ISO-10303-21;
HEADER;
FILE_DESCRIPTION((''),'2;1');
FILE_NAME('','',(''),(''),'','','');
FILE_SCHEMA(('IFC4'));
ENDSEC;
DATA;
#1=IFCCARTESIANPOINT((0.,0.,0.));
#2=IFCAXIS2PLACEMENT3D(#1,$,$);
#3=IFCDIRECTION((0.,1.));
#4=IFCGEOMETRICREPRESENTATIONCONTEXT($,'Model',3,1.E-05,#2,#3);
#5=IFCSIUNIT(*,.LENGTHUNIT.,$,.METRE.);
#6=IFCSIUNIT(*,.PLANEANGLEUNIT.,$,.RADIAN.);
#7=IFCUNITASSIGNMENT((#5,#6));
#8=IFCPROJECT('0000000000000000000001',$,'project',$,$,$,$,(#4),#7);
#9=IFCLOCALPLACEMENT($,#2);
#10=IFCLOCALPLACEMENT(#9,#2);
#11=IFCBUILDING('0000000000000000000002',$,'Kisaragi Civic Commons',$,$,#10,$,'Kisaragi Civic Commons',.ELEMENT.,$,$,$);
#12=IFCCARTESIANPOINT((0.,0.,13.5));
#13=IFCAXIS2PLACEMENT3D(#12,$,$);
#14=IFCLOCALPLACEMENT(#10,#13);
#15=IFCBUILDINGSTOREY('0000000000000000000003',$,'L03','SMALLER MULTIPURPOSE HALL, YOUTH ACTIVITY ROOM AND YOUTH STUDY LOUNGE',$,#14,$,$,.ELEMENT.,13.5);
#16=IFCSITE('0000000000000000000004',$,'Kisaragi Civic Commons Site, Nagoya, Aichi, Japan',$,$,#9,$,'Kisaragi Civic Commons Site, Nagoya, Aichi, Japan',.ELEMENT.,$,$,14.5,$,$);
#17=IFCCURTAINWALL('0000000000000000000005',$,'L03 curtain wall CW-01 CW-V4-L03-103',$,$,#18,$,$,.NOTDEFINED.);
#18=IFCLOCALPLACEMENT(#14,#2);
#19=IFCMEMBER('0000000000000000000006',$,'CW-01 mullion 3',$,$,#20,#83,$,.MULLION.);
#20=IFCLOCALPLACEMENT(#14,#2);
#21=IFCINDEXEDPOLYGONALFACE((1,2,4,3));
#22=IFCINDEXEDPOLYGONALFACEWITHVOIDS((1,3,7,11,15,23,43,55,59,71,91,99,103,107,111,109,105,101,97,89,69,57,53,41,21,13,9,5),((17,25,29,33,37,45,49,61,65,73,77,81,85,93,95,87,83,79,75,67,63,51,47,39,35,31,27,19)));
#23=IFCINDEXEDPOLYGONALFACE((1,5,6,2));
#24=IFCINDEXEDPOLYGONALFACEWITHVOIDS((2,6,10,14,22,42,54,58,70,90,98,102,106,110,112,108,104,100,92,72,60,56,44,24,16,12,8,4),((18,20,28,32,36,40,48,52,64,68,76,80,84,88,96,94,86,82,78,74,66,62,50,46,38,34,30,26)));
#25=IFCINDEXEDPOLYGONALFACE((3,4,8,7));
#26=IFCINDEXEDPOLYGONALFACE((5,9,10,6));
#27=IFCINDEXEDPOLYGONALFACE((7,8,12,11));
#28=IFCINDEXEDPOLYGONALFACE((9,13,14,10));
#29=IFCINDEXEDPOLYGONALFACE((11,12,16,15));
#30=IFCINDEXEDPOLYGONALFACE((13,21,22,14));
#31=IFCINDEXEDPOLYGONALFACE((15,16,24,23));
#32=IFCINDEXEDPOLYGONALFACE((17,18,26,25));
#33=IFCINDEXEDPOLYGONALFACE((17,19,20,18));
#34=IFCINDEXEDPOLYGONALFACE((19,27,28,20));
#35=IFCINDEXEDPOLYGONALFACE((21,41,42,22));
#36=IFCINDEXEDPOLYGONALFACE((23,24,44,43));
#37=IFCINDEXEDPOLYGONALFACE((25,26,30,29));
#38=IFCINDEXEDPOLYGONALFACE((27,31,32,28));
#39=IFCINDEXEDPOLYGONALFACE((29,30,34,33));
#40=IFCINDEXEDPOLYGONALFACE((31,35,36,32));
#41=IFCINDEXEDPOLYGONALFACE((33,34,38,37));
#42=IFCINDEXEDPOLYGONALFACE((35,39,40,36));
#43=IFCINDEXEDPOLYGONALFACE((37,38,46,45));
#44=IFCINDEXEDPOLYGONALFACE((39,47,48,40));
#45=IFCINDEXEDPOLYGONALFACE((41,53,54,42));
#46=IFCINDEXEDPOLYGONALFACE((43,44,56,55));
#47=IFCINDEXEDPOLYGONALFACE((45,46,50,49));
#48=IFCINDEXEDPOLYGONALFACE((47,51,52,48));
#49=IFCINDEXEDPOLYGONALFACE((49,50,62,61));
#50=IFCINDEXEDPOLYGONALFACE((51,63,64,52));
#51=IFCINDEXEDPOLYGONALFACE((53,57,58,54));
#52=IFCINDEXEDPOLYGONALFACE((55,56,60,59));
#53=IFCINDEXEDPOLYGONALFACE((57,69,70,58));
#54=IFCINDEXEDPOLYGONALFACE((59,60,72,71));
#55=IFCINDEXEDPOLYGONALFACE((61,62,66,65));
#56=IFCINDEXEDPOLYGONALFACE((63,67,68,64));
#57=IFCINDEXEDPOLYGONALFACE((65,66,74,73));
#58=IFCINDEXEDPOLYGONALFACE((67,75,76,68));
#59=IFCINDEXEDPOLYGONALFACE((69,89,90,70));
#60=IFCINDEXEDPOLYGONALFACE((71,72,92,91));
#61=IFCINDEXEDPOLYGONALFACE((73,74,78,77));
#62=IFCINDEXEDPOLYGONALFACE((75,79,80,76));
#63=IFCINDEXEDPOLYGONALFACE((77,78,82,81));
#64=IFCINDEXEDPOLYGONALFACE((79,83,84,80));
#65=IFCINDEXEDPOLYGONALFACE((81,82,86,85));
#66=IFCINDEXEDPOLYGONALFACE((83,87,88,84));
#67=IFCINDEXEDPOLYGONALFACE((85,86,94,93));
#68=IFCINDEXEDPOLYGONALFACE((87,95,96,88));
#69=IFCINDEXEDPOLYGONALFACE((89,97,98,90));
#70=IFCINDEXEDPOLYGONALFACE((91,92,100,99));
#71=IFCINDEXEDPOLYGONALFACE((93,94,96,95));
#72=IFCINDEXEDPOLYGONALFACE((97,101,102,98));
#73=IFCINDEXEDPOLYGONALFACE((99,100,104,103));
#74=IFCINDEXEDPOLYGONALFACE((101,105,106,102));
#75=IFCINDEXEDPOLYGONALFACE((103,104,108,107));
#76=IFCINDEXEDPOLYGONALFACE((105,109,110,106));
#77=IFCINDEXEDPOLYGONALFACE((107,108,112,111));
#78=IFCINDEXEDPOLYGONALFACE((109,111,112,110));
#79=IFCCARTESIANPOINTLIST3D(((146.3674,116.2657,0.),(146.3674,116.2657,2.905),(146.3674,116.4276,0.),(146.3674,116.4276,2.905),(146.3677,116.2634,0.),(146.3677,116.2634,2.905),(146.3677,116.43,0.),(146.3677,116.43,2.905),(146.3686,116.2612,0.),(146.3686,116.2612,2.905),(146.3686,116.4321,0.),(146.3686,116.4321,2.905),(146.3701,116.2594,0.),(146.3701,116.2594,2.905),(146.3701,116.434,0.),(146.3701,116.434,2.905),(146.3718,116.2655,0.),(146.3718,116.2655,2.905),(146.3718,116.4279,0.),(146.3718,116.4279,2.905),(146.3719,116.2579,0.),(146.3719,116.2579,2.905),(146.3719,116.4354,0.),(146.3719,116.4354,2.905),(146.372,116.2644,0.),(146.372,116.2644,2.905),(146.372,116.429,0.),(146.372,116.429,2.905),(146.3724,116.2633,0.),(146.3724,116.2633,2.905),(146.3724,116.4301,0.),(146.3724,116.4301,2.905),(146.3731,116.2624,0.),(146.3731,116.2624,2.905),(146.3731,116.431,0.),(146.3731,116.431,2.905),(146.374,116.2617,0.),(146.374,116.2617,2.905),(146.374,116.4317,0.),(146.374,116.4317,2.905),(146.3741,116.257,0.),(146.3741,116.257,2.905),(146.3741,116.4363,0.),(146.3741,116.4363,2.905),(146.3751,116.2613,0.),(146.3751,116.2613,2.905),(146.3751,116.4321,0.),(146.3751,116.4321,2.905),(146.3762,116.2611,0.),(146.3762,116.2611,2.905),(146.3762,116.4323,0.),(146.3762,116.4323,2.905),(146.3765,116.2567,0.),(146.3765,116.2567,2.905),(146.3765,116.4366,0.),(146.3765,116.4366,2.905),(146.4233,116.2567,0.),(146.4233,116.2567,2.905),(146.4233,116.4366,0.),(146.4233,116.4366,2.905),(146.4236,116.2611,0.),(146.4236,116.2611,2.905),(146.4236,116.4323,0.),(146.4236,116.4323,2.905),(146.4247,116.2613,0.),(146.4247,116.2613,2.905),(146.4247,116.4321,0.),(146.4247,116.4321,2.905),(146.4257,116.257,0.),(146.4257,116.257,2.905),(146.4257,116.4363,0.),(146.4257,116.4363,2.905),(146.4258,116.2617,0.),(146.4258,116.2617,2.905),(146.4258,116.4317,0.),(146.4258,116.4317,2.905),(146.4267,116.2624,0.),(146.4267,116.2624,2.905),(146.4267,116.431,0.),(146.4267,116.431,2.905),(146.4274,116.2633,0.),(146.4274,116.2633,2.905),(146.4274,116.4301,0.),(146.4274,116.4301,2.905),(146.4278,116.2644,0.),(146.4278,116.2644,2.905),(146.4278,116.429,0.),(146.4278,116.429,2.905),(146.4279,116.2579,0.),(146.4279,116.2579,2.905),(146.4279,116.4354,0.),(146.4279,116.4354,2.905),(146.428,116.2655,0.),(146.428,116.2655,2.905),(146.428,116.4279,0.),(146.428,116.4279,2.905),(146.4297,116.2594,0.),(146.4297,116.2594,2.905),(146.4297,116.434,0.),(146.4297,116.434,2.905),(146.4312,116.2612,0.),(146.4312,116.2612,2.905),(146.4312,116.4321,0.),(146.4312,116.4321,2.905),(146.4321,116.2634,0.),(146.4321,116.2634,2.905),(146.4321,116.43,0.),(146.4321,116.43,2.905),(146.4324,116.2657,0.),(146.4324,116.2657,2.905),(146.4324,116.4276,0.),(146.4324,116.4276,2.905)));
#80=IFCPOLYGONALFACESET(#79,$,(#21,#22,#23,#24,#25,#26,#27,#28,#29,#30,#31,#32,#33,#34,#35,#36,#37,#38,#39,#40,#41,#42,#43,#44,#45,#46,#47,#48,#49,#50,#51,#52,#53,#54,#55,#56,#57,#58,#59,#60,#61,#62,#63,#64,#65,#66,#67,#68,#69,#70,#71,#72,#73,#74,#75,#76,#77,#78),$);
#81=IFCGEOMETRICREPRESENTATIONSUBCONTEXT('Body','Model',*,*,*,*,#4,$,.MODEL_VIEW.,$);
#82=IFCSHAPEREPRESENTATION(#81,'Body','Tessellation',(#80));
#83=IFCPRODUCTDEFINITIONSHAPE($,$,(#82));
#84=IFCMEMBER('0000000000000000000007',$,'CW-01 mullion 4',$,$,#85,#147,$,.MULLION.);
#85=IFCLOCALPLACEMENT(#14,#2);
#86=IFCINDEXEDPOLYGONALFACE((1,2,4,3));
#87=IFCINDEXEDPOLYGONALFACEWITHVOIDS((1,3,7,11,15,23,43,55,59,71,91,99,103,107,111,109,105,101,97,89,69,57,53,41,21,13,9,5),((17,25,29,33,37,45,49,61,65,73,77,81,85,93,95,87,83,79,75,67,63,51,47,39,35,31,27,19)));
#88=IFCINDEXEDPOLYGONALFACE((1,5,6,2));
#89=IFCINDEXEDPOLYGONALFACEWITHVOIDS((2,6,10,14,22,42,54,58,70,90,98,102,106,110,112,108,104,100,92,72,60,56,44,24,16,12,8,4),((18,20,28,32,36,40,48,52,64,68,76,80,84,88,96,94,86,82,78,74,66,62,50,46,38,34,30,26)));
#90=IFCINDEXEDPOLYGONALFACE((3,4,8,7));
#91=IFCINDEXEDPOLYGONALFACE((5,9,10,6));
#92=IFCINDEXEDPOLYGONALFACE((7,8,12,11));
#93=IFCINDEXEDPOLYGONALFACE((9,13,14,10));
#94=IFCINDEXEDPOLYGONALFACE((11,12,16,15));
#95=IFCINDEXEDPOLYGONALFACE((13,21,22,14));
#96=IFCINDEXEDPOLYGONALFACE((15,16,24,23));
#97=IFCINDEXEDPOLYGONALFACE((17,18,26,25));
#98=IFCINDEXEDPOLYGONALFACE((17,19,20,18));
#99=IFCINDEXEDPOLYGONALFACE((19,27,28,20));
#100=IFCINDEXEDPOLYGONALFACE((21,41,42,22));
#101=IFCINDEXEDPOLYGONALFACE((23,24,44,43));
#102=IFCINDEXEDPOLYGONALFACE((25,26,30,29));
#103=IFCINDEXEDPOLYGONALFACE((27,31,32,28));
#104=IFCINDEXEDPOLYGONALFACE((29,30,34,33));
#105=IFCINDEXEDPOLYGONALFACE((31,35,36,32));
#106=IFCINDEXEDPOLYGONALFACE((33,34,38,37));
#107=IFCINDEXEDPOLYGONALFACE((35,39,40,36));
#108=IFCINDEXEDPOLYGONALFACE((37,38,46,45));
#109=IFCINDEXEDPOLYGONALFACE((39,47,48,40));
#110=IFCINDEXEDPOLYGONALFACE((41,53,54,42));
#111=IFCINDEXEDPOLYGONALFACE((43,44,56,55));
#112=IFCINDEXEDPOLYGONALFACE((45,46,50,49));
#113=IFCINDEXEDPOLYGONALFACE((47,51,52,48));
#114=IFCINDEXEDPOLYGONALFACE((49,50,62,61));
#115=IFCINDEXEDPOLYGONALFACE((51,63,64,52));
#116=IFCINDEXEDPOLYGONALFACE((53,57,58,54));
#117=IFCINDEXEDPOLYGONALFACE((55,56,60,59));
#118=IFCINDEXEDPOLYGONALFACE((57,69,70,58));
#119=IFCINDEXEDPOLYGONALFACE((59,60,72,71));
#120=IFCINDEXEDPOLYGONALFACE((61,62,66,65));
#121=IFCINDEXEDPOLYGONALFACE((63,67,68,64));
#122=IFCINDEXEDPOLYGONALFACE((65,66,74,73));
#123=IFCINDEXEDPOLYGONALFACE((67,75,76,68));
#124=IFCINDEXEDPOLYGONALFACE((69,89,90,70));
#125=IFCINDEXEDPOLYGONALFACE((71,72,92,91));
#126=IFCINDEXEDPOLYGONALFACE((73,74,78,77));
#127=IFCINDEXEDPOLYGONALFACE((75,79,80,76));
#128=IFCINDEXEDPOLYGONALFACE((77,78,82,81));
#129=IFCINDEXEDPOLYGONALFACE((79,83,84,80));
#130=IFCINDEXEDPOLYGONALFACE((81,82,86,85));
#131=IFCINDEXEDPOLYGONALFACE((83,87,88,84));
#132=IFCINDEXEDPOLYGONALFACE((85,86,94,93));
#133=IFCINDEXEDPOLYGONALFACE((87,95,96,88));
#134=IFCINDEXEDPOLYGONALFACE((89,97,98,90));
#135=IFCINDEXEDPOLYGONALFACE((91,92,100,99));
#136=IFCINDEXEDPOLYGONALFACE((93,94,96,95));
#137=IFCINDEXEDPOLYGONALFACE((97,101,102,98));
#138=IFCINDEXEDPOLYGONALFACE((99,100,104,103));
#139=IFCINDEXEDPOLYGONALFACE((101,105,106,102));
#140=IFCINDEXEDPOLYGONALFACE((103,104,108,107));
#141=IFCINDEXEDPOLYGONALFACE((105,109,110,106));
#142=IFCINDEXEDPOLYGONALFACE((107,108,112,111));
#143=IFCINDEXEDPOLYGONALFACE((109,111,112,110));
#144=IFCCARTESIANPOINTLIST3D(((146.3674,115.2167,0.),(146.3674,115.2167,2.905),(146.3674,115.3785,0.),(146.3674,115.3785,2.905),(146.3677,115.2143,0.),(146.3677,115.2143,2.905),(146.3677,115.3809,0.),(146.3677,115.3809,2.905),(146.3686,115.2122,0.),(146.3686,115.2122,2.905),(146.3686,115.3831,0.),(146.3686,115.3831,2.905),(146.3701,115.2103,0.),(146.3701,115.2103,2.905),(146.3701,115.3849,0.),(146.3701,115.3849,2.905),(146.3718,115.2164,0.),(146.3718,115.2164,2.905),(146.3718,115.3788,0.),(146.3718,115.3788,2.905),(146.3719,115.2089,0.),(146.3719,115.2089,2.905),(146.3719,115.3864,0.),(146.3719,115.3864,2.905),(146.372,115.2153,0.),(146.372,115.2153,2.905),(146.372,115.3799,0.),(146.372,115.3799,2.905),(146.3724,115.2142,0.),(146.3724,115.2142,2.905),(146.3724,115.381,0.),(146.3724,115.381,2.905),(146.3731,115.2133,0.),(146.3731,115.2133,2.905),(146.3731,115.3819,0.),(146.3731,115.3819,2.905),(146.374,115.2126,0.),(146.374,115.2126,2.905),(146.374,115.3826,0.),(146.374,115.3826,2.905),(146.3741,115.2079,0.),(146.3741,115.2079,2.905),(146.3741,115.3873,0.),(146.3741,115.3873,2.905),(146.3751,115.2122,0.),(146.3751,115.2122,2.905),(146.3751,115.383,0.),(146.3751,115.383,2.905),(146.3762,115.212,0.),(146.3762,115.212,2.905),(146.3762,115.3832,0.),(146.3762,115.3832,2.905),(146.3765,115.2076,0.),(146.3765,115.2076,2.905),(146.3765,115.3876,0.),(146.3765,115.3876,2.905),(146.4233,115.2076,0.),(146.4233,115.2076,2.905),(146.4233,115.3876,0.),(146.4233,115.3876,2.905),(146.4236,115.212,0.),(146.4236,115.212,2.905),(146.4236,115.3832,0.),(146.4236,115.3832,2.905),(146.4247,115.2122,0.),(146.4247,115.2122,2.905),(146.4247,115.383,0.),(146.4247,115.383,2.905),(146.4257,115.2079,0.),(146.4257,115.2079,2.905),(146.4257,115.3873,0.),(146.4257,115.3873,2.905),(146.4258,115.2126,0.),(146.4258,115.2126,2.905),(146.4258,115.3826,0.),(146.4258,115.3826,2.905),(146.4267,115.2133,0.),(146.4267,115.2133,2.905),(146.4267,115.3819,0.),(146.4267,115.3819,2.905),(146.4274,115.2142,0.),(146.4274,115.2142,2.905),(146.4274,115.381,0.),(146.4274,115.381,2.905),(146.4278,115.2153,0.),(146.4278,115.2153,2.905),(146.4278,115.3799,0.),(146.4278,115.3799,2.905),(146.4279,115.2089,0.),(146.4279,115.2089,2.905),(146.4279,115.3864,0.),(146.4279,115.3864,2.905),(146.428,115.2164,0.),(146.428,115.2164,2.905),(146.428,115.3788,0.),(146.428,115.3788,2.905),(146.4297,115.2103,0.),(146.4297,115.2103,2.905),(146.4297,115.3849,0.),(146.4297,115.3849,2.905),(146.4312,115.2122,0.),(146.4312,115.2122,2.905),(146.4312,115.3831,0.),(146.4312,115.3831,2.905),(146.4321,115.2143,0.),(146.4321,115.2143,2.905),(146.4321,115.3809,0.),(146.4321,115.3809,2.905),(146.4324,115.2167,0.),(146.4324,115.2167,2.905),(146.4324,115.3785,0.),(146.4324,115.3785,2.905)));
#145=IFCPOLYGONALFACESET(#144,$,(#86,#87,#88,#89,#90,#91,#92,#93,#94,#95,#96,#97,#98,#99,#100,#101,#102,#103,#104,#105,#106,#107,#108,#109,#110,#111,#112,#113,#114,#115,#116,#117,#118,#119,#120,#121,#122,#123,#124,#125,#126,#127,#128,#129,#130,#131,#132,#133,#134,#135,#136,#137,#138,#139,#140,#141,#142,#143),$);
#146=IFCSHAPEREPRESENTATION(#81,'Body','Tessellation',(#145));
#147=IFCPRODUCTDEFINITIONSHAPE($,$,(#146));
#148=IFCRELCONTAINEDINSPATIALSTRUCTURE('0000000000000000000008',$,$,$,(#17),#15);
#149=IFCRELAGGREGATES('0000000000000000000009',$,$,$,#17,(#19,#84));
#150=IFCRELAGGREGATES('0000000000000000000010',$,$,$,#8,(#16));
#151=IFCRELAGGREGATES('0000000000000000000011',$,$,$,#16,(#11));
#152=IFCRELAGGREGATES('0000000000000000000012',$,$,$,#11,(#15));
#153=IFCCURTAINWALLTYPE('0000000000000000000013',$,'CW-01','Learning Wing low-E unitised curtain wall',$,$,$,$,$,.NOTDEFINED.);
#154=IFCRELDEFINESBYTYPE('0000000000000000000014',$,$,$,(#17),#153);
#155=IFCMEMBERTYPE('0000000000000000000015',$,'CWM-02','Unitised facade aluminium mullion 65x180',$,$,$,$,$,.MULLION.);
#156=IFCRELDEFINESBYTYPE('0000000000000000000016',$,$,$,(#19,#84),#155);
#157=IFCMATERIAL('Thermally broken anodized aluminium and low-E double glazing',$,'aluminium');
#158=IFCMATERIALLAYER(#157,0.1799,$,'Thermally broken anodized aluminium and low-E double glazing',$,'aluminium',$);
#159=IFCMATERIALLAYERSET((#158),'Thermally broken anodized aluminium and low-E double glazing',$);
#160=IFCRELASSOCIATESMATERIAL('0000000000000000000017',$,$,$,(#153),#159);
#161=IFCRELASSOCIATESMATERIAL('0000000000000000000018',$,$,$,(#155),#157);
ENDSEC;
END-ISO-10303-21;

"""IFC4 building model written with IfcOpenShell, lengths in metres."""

from ifc_helpers import new_model, si_unit, direction, frame, origin, origin_2d, place, context, subcontext, project, spatial, hollow_rectangle, extrude, material, layer, layer_set, material_profile, profile_set, type_object, element, aggregate, save


model = new_model("IFC4")

# Units and contexts
model_context = context("Model", 3, precision=1e-05, world=origin(), true_north=direction((0.0, 1.0)))
body_context = subcontext(model_context, "Body", "Model", "MODEL_VIEW")
ifc_project = project(units=[si_unit("LENGTHUNIT", "METRE"), si_unit("PLANEANGLEUNIT", "RADIAN")], contexts=[model_context])

# Site, building, storey
site_placement = place(None, origin())
site = spatial("IfcSite", under=ifc_project, at=site_placement, Name="Kisaragi Civic Commons Site, Nagoya, Aichi, Japan", LongName="Kisaragi Civic Commons Site, Nagoya, Aichi, Japan", CompositionType="ELEMENT", RefElevation=14.5)
building_placement = place(site_placement, origin())
building = spatial("IfcBuilding", under=site, at=building_placement, Name="Kisaragi Civic Commons", LongName="Kisaragi Civic Commons", CompositionType="ELEMENT")
storey_placement = place(building_placement, frame((0.0, 0.0, 13.5)))
storey = spatial("IfcBuildingStorey", under=building, at=storey_placement, Name="L03", Description="SMALLER MULTIPURPOSE HALL, YOUTH ACTIVITY ROOM AND YOUTH STUDY LOUNGE", CompositionType="ELEMENT", Elevation=13.5)

# Curtain wall, members
ifc_material = material(Name="Thermally broken anodized aluminium and low-E double glazing", Category="aluminium")
ifc_layer_1 = layer(ifc_material, 0.1799, Name="Thermally broken anodized aluminium and low-E double glazing", Category="aluminium")
ifc_layer_set_1 = layer_set([ifc_layer_1], Name="Thermally broken anodized aluminium and low-E double glazing")
curtain_wall_type = type_object("IfcCurtainWallType", Name="CW-01", Description="Learning Wing low-E unitised curtain wall", PredefinedType="NOTDEFINED", material=ifc_layer_set_1)
curtain_wall_1_placement = place(storey_placement, origin())
curtain_wall_1 = element("IfcCurtainWall", 1, at=curtain_wall_1_placement, inside=storey, type_object=curtain_wall_type, Name="L03 curtain wall CW-01 CW-V4-L03-103", PredefinedType="NOTDEFINED")
ifc_material_profile_1 = material_profile(ifc_material, hollow_rectangle(XDim=0.0649, YDim=0.1799, WallThickness=0.0044, InnerFilletRadius=0.0044, OuterFilletRadius=0.009, at=origin_2d()), Name="CWM-65x180x4.5", Category="aluminium")
ifc_profile_set_1 = profile_set([ifc_material_profile_1], Name="Thermally broken anodized aluminium and low-E double glazing")
member_type_1 = type_object("IfcMemberType", Name="CWM-02", Description="Unitised facade aluminium mullion 65x180", PredefinedType="MULLION", material=ifc_profile_set_1)
member_1_placement = place(storey_placement, frame((146.3999, 116.3467, 0.0), z_axis=(0.0, 0.0, 1.0), x_axis=(1.0, 0.0, 0.0)))
member_1 = element("IfcMember", 2, at=member_1_placement, type_object=member_type_1, Name="CW-01 mullion 3", PredefinedType="MULLION", context=body_context, shape_type="SweptSolid", body=[
    extrude(hollow_rectangle(XDim=0.0649, YDim=0.1799, WallThickness=0.0044, InnerFilletRadius=0.0044, OuterFilletRadius=0.009, at=origin_2d()), origin(), (0.0, 0.0, 1.0), 2.905),
])
member_2_placement = place(storey_placement, frame((146.3999, 115.2976, 0.0), z_axis=(0.0, 0.0, 1.0), x_axis=(1.0, 0.0, 0.0)))
member_2 = element("IfcMember", 3, at=member_2_placement, type_object=member_type_1, Name="CW-01 mullion 4", PredefinedType="MULLION", context=body_context, shape_type="SweptSolid", body=[
    extrude(hollow_rectangle(XDim=0.0649, YDim=0.1799, WallThickness=0.0044, InnerFilletRadius=0.0044, OuterFilletRadius=0.009, at=origin_2d()), origin(), (0.0, 0.0, 1.0), 2.905),
])

aggregate(curtain_wall_1, [member_1, member_2])

save(model, "model.ifc")
